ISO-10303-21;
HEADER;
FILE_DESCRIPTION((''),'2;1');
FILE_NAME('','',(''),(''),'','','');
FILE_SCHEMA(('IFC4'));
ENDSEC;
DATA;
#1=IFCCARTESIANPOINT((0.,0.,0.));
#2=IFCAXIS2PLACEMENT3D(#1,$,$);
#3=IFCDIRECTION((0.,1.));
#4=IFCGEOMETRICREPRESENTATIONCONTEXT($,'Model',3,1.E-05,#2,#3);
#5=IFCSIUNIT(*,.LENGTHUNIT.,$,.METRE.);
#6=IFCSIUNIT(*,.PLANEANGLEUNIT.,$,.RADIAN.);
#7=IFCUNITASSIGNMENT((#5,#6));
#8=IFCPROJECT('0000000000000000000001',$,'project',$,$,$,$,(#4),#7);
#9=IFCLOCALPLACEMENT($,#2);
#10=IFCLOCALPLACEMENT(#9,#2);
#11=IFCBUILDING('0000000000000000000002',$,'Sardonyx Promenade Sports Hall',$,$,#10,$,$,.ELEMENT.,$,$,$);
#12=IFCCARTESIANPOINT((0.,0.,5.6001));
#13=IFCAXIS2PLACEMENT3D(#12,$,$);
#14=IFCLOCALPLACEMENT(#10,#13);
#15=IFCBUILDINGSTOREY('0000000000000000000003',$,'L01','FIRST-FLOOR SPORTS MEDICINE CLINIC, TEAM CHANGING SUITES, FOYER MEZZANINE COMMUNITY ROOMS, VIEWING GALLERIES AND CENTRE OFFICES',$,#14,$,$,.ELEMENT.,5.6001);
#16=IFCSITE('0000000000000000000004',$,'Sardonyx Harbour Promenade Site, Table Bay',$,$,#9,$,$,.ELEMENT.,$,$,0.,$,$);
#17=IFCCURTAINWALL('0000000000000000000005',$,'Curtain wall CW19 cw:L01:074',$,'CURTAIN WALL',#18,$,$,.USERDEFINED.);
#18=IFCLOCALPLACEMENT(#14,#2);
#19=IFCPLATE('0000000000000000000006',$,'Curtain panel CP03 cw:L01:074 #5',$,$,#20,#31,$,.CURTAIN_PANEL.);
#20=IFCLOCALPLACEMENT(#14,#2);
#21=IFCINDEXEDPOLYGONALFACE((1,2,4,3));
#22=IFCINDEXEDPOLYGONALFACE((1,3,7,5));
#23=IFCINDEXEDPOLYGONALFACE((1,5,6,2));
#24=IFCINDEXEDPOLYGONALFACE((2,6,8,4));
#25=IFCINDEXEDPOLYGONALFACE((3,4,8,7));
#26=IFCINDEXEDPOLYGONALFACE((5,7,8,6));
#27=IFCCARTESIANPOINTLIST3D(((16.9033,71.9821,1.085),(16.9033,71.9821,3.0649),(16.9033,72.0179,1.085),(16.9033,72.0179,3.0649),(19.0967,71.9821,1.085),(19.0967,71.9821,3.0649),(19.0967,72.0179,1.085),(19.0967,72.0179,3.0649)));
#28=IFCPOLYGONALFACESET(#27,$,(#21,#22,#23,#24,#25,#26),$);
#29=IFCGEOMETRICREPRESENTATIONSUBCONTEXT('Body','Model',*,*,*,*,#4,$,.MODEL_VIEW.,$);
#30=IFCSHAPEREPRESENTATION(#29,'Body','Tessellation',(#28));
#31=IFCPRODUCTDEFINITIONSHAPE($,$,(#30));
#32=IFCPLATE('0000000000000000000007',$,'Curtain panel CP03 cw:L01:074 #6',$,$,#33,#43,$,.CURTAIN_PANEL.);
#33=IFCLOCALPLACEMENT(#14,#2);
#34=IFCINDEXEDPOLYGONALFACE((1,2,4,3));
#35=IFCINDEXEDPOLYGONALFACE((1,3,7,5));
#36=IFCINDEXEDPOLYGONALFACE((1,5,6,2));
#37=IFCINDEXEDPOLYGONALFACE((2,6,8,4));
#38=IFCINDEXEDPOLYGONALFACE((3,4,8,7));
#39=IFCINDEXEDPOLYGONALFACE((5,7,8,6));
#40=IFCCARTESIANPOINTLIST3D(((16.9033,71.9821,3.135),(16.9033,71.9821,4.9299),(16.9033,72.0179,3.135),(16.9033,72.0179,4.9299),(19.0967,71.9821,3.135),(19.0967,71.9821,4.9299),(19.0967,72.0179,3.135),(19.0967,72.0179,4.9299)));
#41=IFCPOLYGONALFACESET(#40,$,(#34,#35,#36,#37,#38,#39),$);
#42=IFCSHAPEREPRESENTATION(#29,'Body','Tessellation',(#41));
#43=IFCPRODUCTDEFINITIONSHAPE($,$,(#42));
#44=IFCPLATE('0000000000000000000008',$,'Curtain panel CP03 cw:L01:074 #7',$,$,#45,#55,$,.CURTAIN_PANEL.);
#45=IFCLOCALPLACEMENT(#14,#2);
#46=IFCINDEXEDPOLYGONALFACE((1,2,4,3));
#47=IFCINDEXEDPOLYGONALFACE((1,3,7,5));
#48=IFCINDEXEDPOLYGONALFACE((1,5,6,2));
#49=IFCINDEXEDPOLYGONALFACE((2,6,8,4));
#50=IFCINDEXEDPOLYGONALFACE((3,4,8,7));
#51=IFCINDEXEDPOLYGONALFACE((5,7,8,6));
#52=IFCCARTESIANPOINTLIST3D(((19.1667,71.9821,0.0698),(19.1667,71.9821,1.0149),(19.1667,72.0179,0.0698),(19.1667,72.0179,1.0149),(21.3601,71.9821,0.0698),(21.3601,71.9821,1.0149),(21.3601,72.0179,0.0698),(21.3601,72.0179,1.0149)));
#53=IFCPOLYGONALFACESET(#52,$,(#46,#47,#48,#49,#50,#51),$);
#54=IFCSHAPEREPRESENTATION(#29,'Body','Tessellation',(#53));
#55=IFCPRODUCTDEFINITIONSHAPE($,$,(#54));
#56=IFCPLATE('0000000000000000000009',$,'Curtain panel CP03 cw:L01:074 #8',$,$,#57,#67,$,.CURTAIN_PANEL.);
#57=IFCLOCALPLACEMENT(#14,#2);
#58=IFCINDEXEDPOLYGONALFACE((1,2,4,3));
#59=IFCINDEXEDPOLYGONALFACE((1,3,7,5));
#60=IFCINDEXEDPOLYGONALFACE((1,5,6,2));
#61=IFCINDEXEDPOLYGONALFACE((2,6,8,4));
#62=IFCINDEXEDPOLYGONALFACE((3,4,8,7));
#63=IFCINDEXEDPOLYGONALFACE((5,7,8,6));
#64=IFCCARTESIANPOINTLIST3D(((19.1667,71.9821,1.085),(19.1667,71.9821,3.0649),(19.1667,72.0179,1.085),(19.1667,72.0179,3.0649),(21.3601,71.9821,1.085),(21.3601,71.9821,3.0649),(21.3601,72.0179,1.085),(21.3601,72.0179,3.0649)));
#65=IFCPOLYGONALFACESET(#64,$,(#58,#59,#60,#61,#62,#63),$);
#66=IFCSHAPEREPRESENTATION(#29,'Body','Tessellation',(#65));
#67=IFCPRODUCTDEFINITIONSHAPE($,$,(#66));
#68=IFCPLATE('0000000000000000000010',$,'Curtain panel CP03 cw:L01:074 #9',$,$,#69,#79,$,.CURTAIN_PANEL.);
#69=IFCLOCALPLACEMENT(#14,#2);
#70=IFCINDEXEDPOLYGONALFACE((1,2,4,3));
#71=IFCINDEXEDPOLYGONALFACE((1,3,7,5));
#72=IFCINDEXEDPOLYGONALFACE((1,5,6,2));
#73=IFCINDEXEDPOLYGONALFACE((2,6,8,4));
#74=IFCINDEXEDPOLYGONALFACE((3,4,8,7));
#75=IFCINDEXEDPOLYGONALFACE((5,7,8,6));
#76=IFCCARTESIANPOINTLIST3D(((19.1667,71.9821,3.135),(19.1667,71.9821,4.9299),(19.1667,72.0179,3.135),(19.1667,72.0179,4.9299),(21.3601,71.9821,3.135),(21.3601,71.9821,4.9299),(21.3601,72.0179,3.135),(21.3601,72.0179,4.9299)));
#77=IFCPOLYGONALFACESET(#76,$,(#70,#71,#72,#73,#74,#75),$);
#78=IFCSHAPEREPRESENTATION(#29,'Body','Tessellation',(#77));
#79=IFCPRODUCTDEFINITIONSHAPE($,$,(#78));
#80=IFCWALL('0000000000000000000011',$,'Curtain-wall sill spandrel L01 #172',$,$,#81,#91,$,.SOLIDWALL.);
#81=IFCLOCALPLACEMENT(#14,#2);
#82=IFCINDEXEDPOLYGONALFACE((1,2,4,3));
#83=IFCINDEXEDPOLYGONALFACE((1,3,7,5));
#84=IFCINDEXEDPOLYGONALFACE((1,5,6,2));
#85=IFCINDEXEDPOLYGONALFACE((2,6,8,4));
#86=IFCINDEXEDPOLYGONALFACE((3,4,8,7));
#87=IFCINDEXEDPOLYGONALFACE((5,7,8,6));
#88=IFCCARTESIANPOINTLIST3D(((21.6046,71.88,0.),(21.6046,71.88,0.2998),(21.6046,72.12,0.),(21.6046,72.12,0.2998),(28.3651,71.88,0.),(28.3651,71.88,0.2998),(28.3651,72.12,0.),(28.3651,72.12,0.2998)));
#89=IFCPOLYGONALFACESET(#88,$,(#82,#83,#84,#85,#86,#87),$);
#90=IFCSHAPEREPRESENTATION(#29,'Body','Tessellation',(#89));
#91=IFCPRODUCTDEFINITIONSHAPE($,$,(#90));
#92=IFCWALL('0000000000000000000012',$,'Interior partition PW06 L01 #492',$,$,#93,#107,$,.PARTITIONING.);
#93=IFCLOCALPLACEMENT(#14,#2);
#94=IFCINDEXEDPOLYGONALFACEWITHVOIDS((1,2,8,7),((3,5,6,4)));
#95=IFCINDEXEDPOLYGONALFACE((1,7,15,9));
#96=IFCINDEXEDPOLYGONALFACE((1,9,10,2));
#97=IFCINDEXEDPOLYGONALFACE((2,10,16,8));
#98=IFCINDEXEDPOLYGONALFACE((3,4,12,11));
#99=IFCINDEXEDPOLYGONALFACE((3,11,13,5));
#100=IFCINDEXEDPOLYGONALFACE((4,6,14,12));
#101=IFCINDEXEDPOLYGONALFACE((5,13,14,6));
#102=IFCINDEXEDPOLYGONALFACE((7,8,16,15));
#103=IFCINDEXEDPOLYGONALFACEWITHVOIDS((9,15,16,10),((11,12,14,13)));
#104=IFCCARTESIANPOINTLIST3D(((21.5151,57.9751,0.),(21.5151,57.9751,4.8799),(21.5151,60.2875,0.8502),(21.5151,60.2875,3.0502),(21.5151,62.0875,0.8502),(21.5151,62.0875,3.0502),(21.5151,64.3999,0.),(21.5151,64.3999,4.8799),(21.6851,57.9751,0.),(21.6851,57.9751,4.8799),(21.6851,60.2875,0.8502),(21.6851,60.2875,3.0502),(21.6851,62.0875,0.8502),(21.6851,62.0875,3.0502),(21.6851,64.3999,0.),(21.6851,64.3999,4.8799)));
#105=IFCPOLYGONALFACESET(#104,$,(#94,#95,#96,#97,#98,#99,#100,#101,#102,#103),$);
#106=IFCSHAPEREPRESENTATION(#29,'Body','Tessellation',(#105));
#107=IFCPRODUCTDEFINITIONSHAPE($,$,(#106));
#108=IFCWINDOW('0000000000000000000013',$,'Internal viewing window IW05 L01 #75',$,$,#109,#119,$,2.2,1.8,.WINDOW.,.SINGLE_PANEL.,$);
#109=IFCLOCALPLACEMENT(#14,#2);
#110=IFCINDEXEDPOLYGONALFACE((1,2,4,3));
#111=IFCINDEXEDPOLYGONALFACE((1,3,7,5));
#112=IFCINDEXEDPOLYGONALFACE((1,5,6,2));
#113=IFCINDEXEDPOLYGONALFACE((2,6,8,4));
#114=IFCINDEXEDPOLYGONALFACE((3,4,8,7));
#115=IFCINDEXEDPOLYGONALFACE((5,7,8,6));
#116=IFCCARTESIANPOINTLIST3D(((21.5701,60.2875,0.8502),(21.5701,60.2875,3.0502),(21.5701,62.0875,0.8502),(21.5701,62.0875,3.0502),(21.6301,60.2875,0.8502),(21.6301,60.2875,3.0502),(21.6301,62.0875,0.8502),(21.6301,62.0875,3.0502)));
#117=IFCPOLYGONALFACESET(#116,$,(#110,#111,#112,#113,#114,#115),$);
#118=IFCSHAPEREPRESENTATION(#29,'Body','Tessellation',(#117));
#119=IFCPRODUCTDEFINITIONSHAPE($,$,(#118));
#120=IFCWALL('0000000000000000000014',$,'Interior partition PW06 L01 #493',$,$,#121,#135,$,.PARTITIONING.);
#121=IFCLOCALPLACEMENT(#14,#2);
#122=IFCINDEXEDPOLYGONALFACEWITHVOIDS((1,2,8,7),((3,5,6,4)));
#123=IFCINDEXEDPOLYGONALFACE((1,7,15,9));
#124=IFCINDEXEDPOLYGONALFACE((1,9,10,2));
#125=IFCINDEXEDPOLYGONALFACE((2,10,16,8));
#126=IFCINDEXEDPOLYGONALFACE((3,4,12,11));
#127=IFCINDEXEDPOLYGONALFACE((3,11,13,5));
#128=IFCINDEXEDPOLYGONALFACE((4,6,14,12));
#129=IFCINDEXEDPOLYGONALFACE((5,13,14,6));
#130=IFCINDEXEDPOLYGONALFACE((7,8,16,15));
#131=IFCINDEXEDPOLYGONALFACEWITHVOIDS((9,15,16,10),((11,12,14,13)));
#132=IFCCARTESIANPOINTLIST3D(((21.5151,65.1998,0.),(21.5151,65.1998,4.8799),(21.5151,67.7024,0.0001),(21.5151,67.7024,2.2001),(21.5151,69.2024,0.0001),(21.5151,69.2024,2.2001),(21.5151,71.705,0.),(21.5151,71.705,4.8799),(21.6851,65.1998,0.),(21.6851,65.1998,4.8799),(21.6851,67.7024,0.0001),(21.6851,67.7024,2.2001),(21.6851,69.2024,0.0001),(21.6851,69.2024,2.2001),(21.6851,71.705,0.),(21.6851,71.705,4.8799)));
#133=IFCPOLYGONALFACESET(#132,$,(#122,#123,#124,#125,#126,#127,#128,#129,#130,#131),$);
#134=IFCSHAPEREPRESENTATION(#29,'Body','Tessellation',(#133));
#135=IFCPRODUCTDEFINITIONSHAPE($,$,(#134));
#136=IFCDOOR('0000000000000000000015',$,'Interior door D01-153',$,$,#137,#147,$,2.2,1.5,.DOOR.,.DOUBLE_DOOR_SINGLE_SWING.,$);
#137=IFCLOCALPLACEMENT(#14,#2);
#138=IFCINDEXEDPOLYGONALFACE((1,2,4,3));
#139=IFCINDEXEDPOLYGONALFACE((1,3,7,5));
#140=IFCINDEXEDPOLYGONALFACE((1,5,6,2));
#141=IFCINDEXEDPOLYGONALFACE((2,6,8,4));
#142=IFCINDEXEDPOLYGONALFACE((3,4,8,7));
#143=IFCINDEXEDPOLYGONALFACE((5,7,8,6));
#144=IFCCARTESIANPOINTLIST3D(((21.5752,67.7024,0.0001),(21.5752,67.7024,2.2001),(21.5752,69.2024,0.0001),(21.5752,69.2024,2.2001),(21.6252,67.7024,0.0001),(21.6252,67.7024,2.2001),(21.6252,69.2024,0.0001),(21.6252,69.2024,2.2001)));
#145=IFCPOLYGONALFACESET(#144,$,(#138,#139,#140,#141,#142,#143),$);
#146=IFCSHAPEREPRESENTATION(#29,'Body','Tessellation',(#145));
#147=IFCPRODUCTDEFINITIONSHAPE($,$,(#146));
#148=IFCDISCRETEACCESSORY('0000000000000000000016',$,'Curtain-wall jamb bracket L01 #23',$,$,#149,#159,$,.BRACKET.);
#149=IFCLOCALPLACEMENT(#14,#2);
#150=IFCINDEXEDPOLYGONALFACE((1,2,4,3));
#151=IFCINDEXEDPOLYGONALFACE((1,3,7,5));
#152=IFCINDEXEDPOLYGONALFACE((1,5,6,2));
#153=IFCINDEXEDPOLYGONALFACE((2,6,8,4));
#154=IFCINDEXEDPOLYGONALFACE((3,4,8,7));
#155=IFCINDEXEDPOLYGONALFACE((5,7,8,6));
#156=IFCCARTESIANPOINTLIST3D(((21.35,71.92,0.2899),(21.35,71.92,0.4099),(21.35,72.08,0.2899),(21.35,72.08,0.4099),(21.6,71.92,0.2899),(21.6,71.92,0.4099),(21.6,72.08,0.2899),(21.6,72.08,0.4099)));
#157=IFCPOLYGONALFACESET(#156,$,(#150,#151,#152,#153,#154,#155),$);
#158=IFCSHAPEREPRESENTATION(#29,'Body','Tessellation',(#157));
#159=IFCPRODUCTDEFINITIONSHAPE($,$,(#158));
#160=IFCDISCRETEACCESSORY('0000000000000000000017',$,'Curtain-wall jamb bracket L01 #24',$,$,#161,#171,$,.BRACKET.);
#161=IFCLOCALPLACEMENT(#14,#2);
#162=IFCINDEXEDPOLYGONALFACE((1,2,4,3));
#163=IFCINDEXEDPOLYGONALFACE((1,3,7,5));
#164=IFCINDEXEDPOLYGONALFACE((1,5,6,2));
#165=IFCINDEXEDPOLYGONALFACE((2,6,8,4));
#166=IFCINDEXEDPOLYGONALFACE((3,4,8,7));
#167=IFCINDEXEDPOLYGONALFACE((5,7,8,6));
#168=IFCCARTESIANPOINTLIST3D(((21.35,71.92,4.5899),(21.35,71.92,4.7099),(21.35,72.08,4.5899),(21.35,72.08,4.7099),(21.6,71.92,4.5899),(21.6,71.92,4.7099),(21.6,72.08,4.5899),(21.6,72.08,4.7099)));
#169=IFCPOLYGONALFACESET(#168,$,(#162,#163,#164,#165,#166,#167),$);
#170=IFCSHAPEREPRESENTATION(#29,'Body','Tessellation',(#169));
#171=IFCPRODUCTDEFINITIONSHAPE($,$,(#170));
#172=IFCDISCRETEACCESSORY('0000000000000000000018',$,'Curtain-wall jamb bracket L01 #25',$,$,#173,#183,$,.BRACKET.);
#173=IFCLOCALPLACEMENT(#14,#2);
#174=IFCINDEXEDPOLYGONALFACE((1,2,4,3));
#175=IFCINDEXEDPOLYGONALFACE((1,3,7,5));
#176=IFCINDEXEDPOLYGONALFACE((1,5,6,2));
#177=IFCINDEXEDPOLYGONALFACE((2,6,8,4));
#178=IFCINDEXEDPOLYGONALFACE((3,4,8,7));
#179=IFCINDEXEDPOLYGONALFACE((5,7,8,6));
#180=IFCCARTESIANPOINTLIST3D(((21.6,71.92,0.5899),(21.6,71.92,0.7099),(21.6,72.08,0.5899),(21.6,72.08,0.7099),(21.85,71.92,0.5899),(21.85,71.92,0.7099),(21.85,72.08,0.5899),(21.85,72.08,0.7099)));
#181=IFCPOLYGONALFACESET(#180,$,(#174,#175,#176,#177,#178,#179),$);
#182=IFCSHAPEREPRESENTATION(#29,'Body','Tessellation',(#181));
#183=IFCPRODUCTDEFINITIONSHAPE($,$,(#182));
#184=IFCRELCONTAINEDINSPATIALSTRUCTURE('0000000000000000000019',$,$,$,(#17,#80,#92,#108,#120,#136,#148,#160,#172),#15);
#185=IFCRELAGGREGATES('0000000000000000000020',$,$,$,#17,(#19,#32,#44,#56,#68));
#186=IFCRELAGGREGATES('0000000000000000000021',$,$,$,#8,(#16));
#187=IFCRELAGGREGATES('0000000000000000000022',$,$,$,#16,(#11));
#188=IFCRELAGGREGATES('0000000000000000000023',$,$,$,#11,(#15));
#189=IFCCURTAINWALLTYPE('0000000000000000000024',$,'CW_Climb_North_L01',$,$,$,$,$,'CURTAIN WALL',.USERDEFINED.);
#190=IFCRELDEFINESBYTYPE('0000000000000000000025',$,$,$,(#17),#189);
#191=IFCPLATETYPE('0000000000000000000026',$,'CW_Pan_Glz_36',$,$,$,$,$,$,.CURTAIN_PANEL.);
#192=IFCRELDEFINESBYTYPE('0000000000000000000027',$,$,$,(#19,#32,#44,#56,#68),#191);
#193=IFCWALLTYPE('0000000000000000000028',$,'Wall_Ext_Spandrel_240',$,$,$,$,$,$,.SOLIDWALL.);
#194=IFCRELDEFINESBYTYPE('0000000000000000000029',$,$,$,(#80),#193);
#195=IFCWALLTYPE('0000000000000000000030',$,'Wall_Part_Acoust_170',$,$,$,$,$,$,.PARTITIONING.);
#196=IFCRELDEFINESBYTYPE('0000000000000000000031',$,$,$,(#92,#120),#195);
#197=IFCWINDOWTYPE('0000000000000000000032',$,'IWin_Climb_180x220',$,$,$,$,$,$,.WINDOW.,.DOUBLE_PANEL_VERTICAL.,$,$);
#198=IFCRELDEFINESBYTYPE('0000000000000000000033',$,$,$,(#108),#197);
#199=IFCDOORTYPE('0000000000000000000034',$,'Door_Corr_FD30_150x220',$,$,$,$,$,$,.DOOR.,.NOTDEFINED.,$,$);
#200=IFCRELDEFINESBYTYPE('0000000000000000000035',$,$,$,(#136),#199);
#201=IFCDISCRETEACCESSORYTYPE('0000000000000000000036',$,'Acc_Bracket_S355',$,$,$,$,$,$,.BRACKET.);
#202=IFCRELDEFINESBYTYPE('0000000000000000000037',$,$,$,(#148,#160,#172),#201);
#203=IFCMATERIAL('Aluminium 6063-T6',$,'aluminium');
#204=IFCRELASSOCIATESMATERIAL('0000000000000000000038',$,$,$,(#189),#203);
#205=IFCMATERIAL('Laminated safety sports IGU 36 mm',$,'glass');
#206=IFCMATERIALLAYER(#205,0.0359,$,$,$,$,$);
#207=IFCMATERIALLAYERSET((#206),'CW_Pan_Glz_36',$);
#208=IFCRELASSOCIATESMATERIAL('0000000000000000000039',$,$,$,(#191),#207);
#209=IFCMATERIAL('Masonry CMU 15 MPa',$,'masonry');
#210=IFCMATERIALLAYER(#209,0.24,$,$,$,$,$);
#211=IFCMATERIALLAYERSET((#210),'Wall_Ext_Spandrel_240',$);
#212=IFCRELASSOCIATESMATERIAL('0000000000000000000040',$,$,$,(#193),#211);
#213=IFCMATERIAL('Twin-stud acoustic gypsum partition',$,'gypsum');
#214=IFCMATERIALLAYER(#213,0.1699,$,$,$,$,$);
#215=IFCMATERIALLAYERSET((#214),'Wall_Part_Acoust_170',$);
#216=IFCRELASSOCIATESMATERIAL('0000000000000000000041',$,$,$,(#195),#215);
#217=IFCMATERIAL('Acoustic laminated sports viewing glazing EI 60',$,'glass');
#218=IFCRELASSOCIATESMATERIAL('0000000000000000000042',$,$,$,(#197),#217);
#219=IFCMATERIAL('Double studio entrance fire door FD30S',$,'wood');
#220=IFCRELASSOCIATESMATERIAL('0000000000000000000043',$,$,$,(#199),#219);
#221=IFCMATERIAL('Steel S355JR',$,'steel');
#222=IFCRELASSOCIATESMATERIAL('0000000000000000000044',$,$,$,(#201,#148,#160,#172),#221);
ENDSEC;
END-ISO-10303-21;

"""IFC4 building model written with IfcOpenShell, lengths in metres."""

from ifc_helpers import new_model, si_unit, direction, frame, frame_2d, origin, origin_2d, place, context, subcontext, project, spatial, rectangle, extrude, material, layer, layer_set, type_object, element, fill, aggregate, save


model = new_model("IFC4")

# Units and contexts
model_context = context("Model", 3, precision=1e-05, world=origin(), true_north=direction((0.0, 1.0)))
body_context = subcontext(model_context, "Body", "Model", "MODEL_VIEW")
ifc_project = project(units=[si_unit("LENGTHUNIT", "METRE"), si_unit("PLANEANGLEUNIT", "RADIAN")], contexts=[model_context])

# Site, building, storey
site_placement = place(None, origin())
site = spatial("IfcSite", under=ifc_project, at=site_placement, Name="Sardonyx Harbour Promenade Site, Table Bay", CompositionType="ELEMENT", RefElevation=0.0)
building_placement = place(site_placement, origin())
building = spatial("IfcBuilding", under=site, at=building_placement, Name="Sardonyx Promenade Sports Hall", CompositionType="ELEMENT")
storey_placement = place(building_placement, frame((0.0, 0.0, 5.6001)))
storey = spatial("IfcBuildingStorey", under=building, at=storey_placement, Name="L01", Description="FIRST-FLOOR SPORTS MEDICINE CLINIC, TEAM CHANGING SUITES, FOYER MEZZANINE COMMUNITY ROOMS, VIEWING GALLERIES AND CENTRE OFFICES", CompositionType="ELEMENT", Elevation=5.6001)

# Curtain wall, plates
ifc_material_1 = material(Name="Aluminium 6063-T6", Category="aluminium")
curtain_wall_type = type_object("IfcCurtainWallType", Name="CW_Climb_North_L01", ElementType="CURTAIN WALL", PredefinedType="USERDEFINED", material=ifc_material_1)
curtain_wall_placement = place(storey_placement, origin())
curtain_wall = element("IfcCurtainWall", 1, at=curtain_wall_placement, inside=storey, type_object=curtain_wall_type, Name="Curtain wall CW19 cw:L01:074", ObjectType="CURTAIN WALL", PredefinedType="USERDEFINED")
ifc_material_2 = material(Name="Laminated safety sports IGU 36 mm", Category="glass")
ifc_layer_1 = layer(ifc_material_2, 0.0359)
ifc_layer_set_1 = layer_set([ifc_layer_1], Name="CW_Pan_Glz_36")
plate_type = type_object("IfcPlateType", Name="CW_Pan_Glz_36", PredefinedType="CURTAIN_PANEL", material=ifc_layer_set_1)
plate_1_placement = place(storey_placement, frame((18.0, 72.0, 1.085), z_axis=(0.0, 0.0, 1.0), x_axis=(1.0, 0.0, 0.0)))
plate_1 = element("IfcPlate", 2, at=plate_1_placement, type_object=plate_type, Name="Curtain panel CP03 cw:L01:074 #5", PredefinedType="CURTAIN_PANEL", context=body_context, shape_type="SweptSolid", body=[
    extrude(rectangle(XDim=2.1934, YDim=0.0359, at=origin_2d()), origin(), (0.0, 0.0, 1.0), 1.98),
])
plate_2_placement = place(storey_placement, frame((18.0, 72.0, 3.135), z_axis=(0.0, 0.0, 1.0), x_axis=(1.0, 0.0, 0.0)))
plate_2 = element("IfcPlate", 3, at=plate_2_placement, type_object=plate_type, Name="Curtain panel CP03 cw:L01:074 #6", PredefinedType="CURTAIN_PANEL", context=body_context, shape_type="SweptSolid", body=[
    extrude(rectangle(XDim=2.1934, YDim=0.0359, at=origin_2d()), origin(), (0.0, 0.0, 1.0), 1.7949),
])
plate_3_placement = place(storey_placement, frame((20.2634, 72.0, 0.0698), z_axis=(0.0, 0.0, 1.0), x_axis=(1.0, 0.0, 0.0)))
plate_3 = element("IfcPlate", 4, at=plate_3_placement, type_object=plate_type, Name="Curtain panel CP03 cw:L01:074 #7", PredefinedType="CURTAIN_PANEL", context=body_context, shape_type="SweptSolid", body=[
    extrude(rectangle(XDim=2.1934, YDim=0.0359, at=origin_2d()), origin(), (0.0, 0.0, 1.0), 0.9451),
])
plate_4_placement = place(storey_placement, frame((20.2634, 72.0, 1.085), z_axis=(0.0, 0.0, 1.0), x_axis=(1.0, 0.0, 0.0)))
plate_4 = element("IfcPlate", 5, at=plate_4_placement, type_object=plate_type, Name="Curtain panel CP03 cw:L01:074 #8", PredefinedType="CURTAIN_PANEL", context=body_context, shape_type="SweptSolid", body=[
    extrude(rectangle(XDim=2.1934, YDim=0.0359, at=origin_2d()), origin(), (0.0, 0.0, 1.0), 1.98),
])
plate_5_placement = place(storey_placement, frame((20.2634, 72.0, 3.135), z_axis=(0.0, 0.0, 1.0), x_axis=(1.0, 0.0, 0.0)))
plate_5 = element("IfcPlate", 6, at=plate_5_placement, type_object=plate_type, Name="Curtain panel CP03 cw:L01:074 #9", PredefinedType="CURTAIN_PANEL", context=body_context, shape_type="SweptSolid", body=[
    extrude(rectangle(XDim=2.1934, YDim=0.0359, at=origin_2d()), origin(), (0.0, 0.0, 1.0), 1.7949),
])
aggregate(curtain_wall, [plate_1, plate_2, plate_3, plate_4, plate_5])

# Wall
ifc_material_3 = material(Name="Masonry CMU 15 MPa", Category="masonry")
ifc_layer_2 = layer(ifc_material_3, 0.24)
ifc_layer_set_2 = layer_set([ifc_layer_2], Name="Wall_Ext_Spandrel_240")
wall_type_1 = type_object("IfcWallType", Name="Wall_Ext_Spandrel_240", PredefinedType="SOLIDWALL", material=ifc_layer_set_2)
wall_1_placement = place(storey_placement, frame((21.6045, 72.0, 0.0), z_axis=(0.0, 0.0, 1.0), x_axis=(1.0, 0.0, 0.0)))
element("IfcWall", 7, at=wall_1_placement, inside=storey, type_object=wall_type_1, Name="Curtain-wall sill spandrel L01 #172", PredefinedType="SOLIDWALL", context=body_context, shape_type="SweptSolid", body=[
    extrude(rectangle(XDim=6.7605, YDim=0.24, at=frame_2d((3.3804, 0.0))), origin(), (0.0, 0.0, 1.0), 0.2998),
])

# Wall, opening, window
ifc_material_4 = material(Name="Twin-stud acoustic gypsum partition", Category="gypsum")
ifc_layer_3 = layer(ifc_material_4, 0.1699)
ifc_layer_set_3 = layer_set([ifc_layer_3], Name="Wall_Part_Acoust_170")
wall_type_2 = type_object("IfcWallType", Name="Wall_Part_Acoust_170", PredefinedType="PARTITIONING", material=ifc_layer_set_3)
wall_2_placement = place(storey_placement, frame((21.6001, 57.9751, 0.0), z_axis=(0.0, 0.0, 1.0), x_axis=(0.0, 1.0, 0.0)))
wall_2 = element("IfcWall", 8, at=wall_2_placement, inside=storey, type_object=wall_type_2, Name="Interior partition PW06 L01 #492", PredefinedType="PARTITIONING", context=body_context, shape_type="SweptSolid", body=[
    extrude(rectangle(XDim=6.4248, YDim=0.1699, at=frame_2d((3.2124, 0.0))), origin(), (0.0, 0.0, 1.0), 4.8799),
])
opening_1_placement = place(wall_2_placement, frame((2.3125, 0.0, 0.8501)))
opening_1 = element("IfcOpeningElement", 9, at=opening_1_placement, cuts=wall_2, PredefinedType="OPENING", context=body_context, shape_type="SweptSolid", body=[
    extrude(rectangle(XDim=1.8, YDim=2.2, at=frame_2d((0.8999, 1.1001))), frame((0.0, 0.095, 0.0), z_axis=(0.0, -1.0, 0.0), x_axis=(1.0, 0.0, 0.0)), (0.0, 0.0, 1.0), 0.19),
])
ifc_material_5 = material(Name="Acoustic laminated sports viewing glazing EI 60", Category="glass")
window_type = type_object("IfcWindowType", Name="IWin_Climb_180x220", PartitioningType="DOUBLE_PANEL_VERTICAL", PredefinedType="WINDOW", material=ifc_material_5)
window_placement = place(opening_1_placement, origin())
window = element("IfcWindow", 10, at=window_placement, inside=storey, type_object=window_type, Name="Internal viewing window IW05 L01 #75", OverallHeight=2.2, OverallWidth=1.8, PartitioningType="SINGLE_PANEL", PredefinedType="WINDOW", context=body_context, shape_type="SweptSolid", body=[
    extrude(rectangle(XDim=1.8, YDim=2.2, at=frame_2d((0.8999, 1.1001))), frame((0.0, 0.03, 0.0), z_axis=(0.0, -1.0, 0.0), x_axis=(1.0, 0.0, 0.0)), (0.0, 0.0, 1.0), 0.0601),
])
fill(opening_1, window)

# Wall, opening, door
wall_3_placement = place(storey_placement, frame((21.6001, 65.2, 0.0), z_axis=(0.0, 0.0, 1.0), x_axis=(0.0, 1.0, 0.0)))
wall_3 = element("IfcWall", 11, at=wall_3_placement, inside=storey, type_object=wall_type_2, Name="Interior partition PW06 L01 #493", PredefinedType="PARTITIONING", context=body_context, shape_type="SweptSolid", body=[
    extrude(rectangle(XDim=6.5051, YDim=0.1699, at=frame_2d((3.2524, 0.0))), origin(), (0.0, 0.0, 1.0), 4.8799),
])
opening_2_placement = place(wall_3_placement, frame((2.5024, 0.0, 0.0)))
opening_2 = element("IfcOpeningElement", 12, at=opening_2_placement, cuts=wall_3, PredefinedType="OPENING", context=body_context, shape_type="SweptSolid", body=[
    extrude(rectangle(XDim=1.5, YDim=2.2, at=frame_2d((0.75, 1.1001))), frame((0.0, 0.095, 0.0), z_axis=(0.0, -1.0, 0.0), x_axis=(1.0, 0.0, 0.0)), (0.0, 0.0, 1.0), 0.19),
])
ifc_material_6 = material(Name="Double studio entrance fire door FD30S", Category="wood")
door_type = type_object("IfcDoorType", Name="Door_Corr_FD30_150x220", OperationType="NOTDEFINED", PredefinedType="DOOR", material=ifc_material_6)
door_placement = place(opening_2_placement, origin())
door = element("IfcDoor", 13, at=door_placement, inside=storey, type_object=door_type, Name="Interior door D01-153", OperationType="DOUBLE_DOOR_SINGLE_SWING", OverallHeight=2.2, OverallWidth=1.5, PredefinedType="DOOR", context=body_context, shape_type="SweptSolid", body=[
    extrude(rectangle(XDim=1.5, YDim=2.2, at=frame_2d((0.75, 1.1001))), frame((0.0, 0.0249, 0.0), z_axis=(0.0, -1.0, 0.0), x_axis=(1.0, 0.0, 0.0)), (0.0, 0.0, 1.0), 0.05),
])
fill(opening_2, door)

# Discrete accessories
ifc_material_7 = material(Name="Steel S355JR", Category="steel")
discrete_accessory_type = type_object("IfcDiscreteAccessoryType", Name="Acc_Bracket_S355", PredefinedType="BRACKET", material=ifc_material_7)
for number, where, z_axis, x_axis, name in (
    (14, (21.475, 72.0, 0.2899), (0.0, 0.0, 1.0), (1.0, 0.0, 0.0), "Curtain-wall jamb bracket L01 #23"),
    (15, (21.475, 72.0, 4.5899), (0.0, 0.0, 1.0), (1.0, 0.0, 0.0), "Curtain-wall jamb bracket L01 #24"),
    (16, (21.725, 72.0, 0.5899), (0.0, 0.0, 1.0), (1.0, 0.0, 0.0), "Curtain-wall jamb bracket L01 #25"),
):
    element("IfcDiscreteAccessory", number, at=place(storey_placement, frame(where, z_axis=z_axis, x_axis=x_axis)), inside=storey, type_object=discrete_accessory_type, material=ifc_material_7, Name=name, PredefinedType="BRACKET", context=body_context, shape_type="SweptSolid", body=[
        extrude(rectangle(XDim=0.25, YDim=0.16), origin(), (0.0, 0.0, 1.0), 0.12),
    ])

save(model, "model.ifc")
